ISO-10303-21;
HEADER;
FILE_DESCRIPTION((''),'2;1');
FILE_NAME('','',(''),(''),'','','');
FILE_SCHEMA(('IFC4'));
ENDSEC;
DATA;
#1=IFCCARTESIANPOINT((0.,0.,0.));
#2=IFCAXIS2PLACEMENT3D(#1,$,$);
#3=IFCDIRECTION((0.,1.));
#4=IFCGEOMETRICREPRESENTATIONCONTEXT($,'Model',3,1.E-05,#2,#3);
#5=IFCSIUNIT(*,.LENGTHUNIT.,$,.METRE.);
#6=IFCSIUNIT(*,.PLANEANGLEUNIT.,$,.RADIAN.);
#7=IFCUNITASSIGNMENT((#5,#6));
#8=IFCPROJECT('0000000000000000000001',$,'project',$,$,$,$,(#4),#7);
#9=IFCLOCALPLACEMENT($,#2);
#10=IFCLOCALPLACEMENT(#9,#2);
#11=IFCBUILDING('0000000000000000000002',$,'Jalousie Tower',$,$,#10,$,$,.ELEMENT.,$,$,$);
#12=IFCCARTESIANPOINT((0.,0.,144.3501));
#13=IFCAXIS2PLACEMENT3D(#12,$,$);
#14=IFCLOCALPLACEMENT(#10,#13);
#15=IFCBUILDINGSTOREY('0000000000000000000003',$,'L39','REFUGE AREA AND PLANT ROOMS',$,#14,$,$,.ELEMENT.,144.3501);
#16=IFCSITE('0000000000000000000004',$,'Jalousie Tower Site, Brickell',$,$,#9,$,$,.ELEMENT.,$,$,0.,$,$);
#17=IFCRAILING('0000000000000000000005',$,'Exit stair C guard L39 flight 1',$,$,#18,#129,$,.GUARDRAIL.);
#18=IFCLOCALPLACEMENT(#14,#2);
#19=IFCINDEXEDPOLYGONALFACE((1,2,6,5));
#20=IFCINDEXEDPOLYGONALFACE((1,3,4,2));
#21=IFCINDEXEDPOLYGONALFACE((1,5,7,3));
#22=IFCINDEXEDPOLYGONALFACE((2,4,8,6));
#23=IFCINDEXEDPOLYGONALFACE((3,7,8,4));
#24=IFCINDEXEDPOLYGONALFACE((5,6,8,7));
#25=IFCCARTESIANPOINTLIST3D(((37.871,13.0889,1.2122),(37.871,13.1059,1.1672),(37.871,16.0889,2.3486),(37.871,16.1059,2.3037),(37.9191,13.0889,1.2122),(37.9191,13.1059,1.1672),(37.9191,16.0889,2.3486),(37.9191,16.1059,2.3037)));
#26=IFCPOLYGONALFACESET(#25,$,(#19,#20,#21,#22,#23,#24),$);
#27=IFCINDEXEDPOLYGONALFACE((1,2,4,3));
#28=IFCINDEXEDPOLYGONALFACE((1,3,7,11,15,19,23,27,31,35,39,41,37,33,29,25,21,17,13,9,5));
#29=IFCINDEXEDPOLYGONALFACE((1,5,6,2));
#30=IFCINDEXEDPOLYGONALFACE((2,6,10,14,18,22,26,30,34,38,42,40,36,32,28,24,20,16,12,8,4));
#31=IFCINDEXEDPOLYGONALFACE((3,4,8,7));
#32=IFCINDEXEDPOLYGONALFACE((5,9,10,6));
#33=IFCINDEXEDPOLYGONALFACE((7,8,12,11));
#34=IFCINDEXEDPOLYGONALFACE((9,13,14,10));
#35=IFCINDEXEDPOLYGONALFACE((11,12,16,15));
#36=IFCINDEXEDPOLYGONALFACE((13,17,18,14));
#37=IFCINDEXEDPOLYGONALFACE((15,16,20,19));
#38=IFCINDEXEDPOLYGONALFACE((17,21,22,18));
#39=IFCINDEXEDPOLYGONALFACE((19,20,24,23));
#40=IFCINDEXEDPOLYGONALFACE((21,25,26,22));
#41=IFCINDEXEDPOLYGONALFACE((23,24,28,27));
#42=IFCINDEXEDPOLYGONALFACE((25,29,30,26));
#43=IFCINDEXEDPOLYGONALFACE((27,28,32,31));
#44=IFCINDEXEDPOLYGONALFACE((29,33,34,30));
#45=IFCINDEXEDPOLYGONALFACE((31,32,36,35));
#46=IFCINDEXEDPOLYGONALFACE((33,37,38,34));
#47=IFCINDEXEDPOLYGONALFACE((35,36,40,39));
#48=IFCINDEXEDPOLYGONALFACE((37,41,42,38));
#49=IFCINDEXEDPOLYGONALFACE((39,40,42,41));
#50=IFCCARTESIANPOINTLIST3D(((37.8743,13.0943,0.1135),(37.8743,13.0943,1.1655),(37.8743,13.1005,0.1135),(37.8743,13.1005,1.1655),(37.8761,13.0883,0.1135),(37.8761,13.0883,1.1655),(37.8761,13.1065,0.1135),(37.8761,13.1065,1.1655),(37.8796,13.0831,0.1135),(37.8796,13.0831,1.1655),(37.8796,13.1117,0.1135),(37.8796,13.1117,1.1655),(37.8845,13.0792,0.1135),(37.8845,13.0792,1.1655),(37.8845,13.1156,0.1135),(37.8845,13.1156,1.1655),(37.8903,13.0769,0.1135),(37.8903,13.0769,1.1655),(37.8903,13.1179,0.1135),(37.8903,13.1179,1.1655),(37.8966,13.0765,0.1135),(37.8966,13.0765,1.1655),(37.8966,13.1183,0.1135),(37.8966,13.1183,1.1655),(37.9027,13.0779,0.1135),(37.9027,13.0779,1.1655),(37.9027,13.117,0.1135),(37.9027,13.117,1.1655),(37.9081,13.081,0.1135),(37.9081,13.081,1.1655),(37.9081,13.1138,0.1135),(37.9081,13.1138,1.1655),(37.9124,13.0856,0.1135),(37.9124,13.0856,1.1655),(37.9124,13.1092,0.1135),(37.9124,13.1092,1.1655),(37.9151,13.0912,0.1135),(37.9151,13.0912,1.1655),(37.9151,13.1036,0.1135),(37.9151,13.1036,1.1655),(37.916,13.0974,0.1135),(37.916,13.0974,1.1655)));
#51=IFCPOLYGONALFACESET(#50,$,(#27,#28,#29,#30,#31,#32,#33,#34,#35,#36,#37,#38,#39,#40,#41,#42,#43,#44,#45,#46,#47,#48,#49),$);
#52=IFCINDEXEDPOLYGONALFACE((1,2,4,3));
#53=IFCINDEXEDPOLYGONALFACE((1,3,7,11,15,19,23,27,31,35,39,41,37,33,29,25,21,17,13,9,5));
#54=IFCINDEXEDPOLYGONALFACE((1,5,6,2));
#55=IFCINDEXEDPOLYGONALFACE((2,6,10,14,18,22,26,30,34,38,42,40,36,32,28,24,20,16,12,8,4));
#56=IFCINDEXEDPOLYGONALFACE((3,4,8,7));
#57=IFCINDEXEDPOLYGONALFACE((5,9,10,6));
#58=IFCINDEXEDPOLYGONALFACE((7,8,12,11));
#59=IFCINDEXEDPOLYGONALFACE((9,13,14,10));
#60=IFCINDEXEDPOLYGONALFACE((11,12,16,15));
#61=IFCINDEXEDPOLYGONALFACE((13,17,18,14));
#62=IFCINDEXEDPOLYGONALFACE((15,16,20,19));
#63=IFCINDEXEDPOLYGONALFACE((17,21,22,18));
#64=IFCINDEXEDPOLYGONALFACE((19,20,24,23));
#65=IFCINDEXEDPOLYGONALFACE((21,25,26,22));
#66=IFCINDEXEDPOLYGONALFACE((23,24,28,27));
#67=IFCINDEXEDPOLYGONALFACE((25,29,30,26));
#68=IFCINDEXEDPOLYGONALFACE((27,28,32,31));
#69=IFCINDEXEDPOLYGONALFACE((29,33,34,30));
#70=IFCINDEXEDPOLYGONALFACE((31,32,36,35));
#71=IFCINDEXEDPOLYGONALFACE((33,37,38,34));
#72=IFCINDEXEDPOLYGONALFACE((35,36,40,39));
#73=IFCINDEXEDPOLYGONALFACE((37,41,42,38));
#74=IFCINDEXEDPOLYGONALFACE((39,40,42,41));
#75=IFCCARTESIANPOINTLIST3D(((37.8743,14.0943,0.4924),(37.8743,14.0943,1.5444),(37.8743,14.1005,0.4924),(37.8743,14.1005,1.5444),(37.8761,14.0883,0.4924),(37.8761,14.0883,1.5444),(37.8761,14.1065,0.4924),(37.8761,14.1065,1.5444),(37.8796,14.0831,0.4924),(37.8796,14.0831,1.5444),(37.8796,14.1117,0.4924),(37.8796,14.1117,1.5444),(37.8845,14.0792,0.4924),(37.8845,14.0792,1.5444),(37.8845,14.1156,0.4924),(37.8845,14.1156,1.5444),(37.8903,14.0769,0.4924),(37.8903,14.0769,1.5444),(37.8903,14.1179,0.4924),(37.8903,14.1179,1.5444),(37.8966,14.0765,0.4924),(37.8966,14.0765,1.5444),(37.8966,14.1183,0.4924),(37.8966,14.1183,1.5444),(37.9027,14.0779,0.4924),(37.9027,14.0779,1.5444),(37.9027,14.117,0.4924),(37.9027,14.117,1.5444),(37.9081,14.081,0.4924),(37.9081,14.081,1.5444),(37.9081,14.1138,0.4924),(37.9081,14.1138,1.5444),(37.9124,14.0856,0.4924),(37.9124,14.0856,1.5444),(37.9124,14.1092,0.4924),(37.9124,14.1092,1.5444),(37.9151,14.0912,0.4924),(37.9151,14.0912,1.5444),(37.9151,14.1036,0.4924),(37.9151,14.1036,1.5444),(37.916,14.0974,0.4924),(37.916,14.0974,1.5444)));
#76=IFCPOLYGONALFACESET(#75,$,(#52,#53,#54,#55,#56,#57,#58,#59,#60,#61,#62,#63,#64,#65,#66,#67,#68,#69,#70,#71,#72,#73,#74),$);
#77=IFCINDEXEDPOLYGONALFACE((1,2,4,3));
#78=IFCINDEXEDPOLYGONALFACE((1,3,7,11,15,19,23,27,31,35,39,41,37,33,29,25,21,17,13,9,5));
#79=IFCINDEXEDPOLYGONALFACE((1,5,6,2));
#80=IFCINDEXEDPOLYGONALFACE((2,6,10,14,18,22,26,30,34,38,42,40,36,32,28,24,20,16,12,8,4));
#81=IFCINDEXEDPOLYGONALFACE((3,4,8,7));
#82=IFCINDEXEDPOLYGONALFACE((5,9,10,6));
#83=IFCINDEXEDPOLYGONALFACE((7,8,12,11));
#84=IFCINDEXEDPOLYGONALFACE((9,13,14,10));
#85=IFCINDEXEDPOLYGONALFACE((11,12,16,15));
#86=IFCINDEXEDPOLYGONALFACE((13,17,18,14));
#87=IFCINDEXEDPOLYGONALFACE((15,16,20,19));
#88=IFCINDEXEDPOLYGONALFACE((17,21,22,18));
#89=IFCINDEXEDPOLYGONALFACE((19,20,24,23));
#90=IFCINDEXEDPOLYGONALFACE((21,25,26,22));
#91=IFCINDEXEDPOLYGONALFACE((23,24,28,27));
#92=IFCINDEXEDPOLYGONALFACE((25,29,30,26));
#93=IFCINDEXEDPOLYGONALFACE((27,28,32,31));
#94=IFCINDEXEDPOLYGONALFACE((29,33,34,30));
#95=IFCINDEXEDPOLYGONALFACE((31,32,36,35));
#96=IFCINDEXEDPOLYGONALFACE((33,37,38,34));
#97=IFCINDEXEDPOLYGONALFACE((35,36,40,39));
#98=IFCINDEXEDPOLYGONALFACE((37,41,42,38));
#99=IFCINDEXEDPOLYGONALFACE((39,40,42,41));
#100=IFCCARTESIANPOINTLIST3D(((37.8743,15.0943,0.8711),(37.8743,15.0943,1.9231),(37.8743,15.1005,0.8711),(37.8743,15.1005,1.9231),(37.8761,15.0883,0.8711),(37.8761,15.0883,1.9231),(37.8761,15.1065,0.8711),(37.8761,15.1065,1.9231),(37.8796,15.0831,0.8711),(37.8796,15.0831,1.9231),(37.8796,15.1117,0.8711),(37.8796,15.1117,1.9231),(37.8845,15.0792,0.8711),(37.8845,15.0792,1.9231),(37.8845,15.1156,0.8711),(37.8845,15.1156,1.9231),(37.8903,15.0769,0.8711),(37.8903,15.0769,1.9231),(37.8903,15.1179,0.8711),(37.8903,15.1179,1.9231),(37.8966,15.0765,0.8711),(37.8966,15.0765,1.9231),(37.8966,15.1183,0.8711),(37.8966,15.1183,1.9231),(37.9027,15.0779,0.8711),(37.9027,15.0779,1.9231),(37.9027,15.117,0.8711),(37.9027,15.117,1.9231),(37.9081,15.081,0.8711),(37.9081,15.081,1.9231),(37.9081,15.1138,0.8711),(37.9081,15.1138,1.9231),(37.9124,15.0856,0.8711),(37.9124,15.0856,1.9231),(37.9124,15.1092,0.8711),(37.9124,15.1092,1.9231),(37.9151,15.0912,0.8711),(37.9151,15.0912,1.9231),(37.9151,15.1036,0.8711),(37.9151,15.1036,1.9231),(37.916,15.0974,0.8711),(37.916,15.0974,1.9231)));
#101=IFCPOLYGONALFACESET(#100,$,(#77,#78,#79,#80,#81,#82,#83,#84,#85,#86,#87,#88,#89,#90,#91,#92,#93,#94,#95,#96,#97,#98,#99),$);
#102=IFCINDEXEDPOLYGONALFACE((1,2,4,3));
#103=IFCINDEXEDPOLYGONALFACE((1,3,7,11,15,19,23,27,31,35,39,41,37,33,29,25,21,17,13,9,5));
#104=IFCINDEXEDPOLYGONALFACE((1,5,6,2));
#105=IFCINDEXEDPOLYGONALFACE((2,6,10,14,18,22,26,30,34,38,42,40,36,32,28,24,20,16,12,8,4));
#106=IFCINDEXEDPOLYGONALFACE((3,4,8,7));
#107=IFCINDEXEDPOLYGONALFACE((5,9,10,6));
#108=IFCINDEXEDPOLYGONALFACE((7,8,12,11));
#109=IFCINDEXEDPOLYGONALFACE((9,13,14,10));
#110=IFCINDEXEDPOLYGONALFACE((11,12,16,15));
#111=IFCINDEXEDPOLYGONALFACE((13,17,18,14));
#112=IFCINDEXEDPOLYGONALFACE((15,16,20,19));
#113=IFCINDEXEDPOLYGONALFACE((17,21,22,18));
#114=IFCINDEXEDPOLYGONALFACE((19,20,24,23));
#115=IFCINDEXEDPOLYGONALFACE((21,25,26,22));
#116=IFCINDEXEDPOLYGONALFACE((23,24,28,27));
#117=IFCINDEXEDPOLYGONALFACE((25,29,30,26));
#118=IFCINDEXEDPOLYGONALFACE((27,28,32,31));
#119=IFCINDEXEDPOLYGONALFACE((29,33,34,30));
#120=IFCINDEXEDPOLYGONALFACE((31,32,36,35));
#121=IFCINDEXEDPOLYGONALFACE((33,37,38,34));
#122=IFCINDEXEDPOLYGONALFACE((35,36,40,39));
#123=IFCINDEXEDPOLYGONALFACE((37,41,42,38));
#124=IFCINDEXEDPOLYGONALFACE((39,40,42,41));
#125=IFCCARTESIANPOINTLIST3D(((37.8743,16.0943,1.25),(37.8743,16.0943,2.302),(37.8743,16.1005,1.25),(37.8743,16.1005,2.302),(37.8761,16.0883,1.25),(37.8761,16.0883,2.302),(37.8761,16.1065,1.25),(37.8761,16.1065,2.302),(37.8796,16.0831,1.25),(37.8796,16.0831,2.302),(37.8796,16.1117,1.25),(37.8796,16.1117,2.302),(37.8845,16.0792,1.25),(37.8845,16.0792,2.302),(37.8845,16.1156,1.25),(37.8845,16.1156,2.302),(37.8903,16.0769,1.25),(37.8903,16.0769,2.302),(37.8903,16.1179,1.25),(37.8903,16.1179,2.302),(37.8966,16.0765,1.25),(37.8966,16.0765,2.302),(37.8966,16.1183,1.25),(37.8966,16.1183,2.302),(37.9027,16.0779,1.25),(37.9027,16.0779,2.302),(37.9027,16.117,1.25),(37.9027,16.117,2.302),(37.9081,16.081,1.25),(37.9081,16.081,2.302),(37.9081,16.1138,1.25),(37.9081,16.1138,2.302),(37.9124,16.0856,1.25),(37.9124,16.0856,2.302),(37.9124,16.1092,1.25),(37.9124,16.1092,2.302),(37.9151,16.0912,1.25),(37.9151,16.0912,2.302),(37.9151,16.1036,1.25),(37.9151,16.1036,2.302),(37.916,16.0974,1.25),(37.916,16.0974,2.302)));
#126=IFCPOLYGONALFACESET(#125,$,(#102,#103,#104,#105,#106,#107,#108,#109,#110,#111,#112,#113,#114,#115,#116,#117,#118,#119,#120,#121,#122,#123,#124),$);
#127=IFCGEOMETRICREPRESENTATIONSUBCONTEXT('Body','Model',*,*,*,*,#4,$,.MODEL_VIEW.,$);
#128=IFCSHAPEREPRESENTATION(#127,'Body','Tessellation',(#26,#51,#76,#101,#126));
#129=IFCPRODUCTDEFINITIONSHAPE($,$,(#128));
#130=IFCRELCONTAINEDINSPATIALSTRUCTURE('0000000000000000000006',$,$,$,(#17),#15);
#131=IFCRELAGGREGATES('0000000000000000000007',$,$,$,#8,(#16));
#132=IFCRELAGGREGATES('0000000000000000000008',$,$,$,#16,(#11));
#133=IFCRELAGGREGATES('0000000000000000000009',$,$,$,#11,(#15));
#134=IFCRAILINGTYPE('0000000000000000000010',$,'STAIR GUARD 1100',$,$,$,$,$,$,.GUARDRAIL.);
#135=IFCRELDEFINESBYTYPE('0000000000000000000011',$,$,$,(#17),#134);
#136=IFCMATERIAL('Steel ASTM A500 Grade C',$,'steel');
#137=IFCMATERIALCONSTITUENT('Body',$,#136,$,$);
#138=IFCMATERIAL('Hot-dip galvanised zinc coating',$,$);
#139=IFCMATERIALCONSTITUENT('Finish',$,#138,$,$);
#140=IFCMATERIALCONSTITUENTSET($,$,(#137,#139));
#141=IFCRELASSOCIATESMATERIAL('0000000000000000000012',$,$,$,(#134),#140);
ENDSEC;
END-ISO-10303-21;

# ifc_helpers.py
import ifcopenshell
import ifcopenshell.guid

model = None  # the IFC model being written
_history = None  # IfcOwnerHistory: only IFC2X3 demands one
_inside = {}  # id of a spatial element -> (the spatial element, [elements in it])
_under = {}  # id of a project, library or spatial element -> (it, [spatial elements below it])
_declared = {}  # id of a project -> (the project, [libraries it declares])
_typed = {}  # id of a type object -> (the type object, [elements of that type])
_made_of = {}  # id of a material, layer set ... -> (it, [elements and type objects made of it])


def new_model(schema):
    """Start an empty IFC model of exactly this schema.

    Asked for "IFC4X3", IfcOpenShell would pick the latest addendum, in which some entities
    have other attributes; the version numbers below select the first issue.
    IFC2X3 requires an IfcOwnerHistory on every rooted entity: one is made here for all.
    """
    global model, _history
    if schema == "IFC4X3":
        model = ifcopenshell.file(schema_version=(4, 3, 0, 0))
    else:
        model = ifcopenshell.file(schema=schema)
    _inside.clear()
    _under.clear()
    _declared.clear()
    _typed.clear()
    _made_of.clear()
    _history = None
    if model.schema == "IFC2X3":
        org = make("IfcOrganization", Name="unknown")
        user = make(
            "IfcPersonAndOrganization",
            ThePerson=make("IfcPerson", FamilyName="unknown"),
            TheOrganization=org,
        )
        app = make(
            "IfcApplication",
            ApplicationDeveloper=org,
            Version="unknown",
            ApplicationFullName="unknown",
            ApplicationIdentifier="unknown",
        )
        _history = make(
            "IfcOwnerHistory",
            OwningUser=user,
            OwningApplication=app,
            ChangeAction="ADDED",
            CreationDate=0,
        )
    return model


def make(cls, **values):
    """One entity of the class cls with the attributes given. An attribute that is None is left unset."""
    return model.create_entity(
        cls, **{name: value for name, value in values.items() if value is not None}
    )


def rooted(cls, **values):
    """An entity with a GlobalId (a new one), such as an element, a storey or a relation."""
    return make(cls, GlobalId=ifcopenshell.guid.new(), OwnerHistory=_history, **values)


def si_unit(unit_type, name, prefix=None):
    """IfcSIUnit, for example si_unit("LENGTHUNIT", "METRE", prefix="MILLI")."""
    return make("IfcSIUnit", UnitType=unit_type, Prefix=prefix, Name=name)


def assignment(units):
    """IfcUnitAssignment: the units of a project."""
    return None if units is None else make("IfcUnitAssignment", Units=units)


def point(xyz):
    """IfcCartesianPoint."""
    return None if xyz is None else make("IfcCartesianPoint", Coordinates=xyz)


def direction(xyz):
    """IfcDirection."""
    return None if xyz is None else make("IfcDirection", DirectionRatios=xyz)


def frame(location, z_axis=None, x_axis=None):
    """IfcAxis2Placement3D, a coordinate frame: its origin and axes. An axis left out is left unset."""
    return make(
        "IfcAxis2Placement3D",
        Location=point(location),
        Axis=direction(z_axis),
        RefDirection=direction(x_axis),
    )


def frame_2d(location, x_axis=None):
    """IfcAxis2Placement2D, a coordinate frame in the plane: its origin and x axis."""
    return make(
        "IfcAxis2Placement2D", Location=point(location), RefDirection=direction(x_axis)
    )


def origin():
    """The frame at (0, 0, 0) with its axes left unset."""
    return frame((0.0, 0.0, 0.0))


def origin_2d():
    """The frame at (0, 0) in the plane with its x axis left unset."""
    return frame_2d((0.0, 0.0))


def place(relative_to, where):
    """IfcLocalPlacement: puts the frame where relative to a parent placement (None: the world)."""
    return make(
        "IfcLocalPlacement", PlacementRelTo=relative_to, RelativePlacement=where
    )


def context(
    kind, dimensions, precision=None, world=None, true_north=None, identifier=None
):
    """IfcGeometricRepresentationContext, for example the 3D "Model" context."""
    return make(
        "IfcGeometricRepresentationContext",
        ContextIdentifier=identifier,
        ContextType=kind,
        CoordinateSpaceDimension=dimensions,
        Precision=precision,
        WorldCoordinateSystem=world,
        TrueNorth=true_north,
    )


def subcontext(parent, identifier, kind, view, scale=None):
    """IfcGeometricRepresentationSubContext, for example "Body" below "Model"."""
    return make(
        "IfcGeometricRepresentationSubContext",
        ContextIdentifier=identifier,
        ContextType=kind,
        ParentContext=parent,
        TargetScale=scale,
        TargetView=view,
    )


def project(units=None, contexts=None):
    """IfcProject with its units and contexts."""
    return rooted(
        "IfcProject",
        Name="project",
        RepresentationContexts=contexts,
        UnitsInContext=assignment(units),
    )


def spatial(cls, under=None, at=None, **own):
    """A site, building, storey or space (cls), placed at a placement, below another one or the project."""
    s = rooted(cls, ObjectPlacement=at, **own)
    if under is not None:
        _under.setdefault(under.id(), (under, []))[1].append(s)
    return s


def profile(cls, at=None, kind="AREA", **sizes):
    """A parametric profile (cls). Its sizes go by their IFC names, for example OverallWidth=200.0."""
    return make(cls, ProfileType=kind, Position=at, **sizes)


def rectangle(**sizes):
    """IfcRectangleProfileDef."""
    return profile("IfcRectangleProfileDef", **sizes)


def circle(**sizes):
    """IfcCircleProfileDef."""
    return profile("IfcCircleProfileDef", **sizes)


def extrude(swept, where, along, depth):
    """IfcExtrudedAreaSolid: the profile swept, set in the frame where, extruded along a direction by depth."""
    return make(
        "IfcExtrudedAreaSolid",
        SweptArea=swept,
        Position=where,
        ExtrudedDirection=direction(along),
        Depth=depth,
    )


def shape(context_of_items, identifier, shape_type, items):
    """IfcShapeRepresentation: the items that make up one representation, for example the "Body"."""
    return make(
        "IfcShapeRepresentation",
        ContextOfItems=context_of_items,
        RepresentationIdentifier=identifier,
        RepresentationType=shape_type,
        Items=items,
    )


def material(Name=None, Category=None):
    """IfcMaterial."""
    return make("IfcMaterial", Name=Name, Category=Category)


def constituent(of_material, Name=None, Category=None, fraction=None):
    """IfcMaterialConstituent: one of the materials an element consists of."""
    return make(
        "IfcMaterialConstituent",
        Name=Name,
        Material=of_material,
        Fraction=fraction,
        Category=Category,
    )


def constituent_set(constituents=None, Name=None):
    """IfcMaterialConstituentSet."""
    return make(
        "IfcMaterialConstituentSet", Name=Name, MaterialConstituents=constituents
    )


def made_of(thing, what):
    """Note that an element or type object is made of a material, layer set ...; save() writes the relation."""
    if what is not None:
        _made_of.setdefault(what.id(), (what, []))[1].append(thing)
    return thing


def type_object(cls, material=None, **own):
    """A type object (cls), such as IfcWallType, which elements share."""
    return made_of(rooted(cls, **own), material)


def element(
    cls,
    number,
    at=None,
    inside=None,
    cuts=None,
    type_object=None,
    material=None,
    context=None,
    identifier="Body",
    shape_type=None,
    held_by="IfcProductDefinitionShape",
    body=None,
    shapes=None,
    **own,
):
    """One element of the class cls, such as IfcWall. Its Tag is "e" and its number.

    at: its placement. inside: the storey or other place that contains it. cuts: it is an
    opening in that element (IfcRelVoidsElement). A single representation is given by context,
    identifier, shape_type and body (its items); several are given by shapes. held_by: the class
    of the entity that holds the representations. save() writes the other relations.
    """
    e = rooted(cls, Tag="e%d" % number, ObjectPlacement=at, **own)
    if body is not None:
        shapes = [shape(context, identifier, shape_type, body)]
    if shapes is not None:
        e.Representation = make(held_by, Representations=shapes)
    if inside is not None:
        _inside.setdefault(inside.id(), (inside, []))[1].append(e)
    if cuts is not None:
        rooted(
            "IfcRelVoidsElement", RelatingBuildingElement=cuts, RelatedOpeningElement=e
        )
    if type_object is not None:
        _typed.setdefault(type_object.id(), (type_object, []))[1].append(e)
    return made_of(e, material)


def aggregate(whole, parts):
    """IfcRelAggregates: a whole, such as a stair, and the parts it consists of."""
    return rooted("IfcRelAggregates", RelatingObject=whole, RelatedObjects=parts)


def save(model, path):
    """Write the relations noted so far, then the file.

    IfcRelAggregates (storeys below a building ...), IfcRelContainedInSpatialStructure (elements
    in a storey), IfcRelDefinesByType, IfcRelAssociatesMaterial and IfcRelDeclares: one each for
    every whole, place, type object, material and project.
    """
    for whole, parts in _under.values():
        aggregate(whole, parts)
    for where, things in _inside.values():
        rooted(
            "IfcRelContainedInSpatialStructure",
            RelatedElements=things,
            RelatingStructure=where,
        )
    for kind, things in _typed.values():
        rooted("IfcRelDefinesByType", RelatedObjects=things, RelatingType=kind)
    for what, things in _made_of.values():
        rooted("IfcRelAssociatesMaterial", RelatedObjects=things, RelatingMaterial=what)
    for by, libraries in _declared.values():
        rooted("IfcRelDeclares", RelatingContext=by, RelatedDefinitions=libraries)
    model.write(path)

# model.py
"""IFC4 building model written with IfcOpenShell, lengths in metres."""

from ifc_helpers import new_model, si_unit, direction, frame, origin, origin_2d, place, context, subcontext, project, spatial, rectangle, circle, extrude, material, constituent, constituent_set, type_object, element, save


model = new_model("IFC4")

# Units and contexts
model_context = context("Model", 3, precision=1e-05, world=origin(), true_north=direction((0.0, 1.0)))
body_context = subcontext(model_context, "Body", "Model", "MODEL_VIEW")
ifc_project = project(units=[si_unit("LENGTHUNIT", "METRE"), si_unit("PLANEANGLEUNIT", "RADIAN")], contexts=[model_context])

# Site, building, storey
site_placement = place(None, origin())
site = spatial("IfcSite", under=ifc_project, at=site_placement, Name="Jalousie Tower Site, Brickell", CompositionType="ELEMENT", RefElevation=0.0)
building_placement = place(site_placement, origin())
building = spatial("IfcBuilding", under=site, at=building_placement, Name="Jalousie Tower", CompositionType="ELEMENT")
storey_placement = place(building_placement, frame((0.0, 0.0, 144.3501)))
storey = spatial("IfcBuildingStorey", under=building, at=storey_placement, Name="L39", Description="REFUGE AREA AND PLANT ROOMS", CompositionType="ELEMENT", Elevation=144.3501)

# Railing
ifc_material_1 = material(Name="Steel ASTM A500 Grade C", Category="steel")
ifc_constituent_1 = constituent(ifc_material_1, Name="Body")
ifc_material_2 = material(Name="Hot-dip galvanised zinc coating")
ifc_constituent_2 = constituent(ifc_material_2, Name="Finish")
ifc_constituent_set_1 = constituent_set(constituents=[ifc_constituent_1, ifc_constituent_2])
railing_type_1 = type_object("IfcRailingType", Name="STAIR GUARD 1100", PredefinedType="GUARDRAIL", material=ifc_constituent_set_1)
railing_1_placement = place(storey_placement, frame((37.895, 13.0974, 0.1135)))
element("IfcRailing", 1, at=railing_1_placement, inside=storey, type_object=railing_type_1, Name="Exit stair C guard L39 flight 1", PredefinedType="GUARDRAIL", context=body_context, shape_type="SweptSolid", body=[
    extrude(rectangle(XDim=0.0481, YDim=0.0481, at=origin_2d()), frame((0.0, 0.0, 1.0762), z_axis=(0.0, 0.935148, 0.354257), x_axis=(-1.0, 0.0, 0.0)), (0.0, 0.0, 1.0), 3.208),
    extrude(circle(Radius=0.021, at=origin_2d()), origin(), (0.0, 0.0, 1.0), 1.052),
    extrude(circle(Radius=0.021, at=origin_2d()), frame((0.0, 1.0, 0.3789)), (0.0, 0.0, 1.0), 1.052),
    extrude(circle(Radius=0.021, at=origin_2d()), frame((0.0, 2.0, 0.7576)), (0.0, 0.0, 1.0), 1.052),
    extrude(circle(Radius=0.021, at=origin_2d()), frame((0.0, 3.0, 1.1365)), (0.0, 0.0, 1.0), 1.052),
])

save(model, "model.ifc")
